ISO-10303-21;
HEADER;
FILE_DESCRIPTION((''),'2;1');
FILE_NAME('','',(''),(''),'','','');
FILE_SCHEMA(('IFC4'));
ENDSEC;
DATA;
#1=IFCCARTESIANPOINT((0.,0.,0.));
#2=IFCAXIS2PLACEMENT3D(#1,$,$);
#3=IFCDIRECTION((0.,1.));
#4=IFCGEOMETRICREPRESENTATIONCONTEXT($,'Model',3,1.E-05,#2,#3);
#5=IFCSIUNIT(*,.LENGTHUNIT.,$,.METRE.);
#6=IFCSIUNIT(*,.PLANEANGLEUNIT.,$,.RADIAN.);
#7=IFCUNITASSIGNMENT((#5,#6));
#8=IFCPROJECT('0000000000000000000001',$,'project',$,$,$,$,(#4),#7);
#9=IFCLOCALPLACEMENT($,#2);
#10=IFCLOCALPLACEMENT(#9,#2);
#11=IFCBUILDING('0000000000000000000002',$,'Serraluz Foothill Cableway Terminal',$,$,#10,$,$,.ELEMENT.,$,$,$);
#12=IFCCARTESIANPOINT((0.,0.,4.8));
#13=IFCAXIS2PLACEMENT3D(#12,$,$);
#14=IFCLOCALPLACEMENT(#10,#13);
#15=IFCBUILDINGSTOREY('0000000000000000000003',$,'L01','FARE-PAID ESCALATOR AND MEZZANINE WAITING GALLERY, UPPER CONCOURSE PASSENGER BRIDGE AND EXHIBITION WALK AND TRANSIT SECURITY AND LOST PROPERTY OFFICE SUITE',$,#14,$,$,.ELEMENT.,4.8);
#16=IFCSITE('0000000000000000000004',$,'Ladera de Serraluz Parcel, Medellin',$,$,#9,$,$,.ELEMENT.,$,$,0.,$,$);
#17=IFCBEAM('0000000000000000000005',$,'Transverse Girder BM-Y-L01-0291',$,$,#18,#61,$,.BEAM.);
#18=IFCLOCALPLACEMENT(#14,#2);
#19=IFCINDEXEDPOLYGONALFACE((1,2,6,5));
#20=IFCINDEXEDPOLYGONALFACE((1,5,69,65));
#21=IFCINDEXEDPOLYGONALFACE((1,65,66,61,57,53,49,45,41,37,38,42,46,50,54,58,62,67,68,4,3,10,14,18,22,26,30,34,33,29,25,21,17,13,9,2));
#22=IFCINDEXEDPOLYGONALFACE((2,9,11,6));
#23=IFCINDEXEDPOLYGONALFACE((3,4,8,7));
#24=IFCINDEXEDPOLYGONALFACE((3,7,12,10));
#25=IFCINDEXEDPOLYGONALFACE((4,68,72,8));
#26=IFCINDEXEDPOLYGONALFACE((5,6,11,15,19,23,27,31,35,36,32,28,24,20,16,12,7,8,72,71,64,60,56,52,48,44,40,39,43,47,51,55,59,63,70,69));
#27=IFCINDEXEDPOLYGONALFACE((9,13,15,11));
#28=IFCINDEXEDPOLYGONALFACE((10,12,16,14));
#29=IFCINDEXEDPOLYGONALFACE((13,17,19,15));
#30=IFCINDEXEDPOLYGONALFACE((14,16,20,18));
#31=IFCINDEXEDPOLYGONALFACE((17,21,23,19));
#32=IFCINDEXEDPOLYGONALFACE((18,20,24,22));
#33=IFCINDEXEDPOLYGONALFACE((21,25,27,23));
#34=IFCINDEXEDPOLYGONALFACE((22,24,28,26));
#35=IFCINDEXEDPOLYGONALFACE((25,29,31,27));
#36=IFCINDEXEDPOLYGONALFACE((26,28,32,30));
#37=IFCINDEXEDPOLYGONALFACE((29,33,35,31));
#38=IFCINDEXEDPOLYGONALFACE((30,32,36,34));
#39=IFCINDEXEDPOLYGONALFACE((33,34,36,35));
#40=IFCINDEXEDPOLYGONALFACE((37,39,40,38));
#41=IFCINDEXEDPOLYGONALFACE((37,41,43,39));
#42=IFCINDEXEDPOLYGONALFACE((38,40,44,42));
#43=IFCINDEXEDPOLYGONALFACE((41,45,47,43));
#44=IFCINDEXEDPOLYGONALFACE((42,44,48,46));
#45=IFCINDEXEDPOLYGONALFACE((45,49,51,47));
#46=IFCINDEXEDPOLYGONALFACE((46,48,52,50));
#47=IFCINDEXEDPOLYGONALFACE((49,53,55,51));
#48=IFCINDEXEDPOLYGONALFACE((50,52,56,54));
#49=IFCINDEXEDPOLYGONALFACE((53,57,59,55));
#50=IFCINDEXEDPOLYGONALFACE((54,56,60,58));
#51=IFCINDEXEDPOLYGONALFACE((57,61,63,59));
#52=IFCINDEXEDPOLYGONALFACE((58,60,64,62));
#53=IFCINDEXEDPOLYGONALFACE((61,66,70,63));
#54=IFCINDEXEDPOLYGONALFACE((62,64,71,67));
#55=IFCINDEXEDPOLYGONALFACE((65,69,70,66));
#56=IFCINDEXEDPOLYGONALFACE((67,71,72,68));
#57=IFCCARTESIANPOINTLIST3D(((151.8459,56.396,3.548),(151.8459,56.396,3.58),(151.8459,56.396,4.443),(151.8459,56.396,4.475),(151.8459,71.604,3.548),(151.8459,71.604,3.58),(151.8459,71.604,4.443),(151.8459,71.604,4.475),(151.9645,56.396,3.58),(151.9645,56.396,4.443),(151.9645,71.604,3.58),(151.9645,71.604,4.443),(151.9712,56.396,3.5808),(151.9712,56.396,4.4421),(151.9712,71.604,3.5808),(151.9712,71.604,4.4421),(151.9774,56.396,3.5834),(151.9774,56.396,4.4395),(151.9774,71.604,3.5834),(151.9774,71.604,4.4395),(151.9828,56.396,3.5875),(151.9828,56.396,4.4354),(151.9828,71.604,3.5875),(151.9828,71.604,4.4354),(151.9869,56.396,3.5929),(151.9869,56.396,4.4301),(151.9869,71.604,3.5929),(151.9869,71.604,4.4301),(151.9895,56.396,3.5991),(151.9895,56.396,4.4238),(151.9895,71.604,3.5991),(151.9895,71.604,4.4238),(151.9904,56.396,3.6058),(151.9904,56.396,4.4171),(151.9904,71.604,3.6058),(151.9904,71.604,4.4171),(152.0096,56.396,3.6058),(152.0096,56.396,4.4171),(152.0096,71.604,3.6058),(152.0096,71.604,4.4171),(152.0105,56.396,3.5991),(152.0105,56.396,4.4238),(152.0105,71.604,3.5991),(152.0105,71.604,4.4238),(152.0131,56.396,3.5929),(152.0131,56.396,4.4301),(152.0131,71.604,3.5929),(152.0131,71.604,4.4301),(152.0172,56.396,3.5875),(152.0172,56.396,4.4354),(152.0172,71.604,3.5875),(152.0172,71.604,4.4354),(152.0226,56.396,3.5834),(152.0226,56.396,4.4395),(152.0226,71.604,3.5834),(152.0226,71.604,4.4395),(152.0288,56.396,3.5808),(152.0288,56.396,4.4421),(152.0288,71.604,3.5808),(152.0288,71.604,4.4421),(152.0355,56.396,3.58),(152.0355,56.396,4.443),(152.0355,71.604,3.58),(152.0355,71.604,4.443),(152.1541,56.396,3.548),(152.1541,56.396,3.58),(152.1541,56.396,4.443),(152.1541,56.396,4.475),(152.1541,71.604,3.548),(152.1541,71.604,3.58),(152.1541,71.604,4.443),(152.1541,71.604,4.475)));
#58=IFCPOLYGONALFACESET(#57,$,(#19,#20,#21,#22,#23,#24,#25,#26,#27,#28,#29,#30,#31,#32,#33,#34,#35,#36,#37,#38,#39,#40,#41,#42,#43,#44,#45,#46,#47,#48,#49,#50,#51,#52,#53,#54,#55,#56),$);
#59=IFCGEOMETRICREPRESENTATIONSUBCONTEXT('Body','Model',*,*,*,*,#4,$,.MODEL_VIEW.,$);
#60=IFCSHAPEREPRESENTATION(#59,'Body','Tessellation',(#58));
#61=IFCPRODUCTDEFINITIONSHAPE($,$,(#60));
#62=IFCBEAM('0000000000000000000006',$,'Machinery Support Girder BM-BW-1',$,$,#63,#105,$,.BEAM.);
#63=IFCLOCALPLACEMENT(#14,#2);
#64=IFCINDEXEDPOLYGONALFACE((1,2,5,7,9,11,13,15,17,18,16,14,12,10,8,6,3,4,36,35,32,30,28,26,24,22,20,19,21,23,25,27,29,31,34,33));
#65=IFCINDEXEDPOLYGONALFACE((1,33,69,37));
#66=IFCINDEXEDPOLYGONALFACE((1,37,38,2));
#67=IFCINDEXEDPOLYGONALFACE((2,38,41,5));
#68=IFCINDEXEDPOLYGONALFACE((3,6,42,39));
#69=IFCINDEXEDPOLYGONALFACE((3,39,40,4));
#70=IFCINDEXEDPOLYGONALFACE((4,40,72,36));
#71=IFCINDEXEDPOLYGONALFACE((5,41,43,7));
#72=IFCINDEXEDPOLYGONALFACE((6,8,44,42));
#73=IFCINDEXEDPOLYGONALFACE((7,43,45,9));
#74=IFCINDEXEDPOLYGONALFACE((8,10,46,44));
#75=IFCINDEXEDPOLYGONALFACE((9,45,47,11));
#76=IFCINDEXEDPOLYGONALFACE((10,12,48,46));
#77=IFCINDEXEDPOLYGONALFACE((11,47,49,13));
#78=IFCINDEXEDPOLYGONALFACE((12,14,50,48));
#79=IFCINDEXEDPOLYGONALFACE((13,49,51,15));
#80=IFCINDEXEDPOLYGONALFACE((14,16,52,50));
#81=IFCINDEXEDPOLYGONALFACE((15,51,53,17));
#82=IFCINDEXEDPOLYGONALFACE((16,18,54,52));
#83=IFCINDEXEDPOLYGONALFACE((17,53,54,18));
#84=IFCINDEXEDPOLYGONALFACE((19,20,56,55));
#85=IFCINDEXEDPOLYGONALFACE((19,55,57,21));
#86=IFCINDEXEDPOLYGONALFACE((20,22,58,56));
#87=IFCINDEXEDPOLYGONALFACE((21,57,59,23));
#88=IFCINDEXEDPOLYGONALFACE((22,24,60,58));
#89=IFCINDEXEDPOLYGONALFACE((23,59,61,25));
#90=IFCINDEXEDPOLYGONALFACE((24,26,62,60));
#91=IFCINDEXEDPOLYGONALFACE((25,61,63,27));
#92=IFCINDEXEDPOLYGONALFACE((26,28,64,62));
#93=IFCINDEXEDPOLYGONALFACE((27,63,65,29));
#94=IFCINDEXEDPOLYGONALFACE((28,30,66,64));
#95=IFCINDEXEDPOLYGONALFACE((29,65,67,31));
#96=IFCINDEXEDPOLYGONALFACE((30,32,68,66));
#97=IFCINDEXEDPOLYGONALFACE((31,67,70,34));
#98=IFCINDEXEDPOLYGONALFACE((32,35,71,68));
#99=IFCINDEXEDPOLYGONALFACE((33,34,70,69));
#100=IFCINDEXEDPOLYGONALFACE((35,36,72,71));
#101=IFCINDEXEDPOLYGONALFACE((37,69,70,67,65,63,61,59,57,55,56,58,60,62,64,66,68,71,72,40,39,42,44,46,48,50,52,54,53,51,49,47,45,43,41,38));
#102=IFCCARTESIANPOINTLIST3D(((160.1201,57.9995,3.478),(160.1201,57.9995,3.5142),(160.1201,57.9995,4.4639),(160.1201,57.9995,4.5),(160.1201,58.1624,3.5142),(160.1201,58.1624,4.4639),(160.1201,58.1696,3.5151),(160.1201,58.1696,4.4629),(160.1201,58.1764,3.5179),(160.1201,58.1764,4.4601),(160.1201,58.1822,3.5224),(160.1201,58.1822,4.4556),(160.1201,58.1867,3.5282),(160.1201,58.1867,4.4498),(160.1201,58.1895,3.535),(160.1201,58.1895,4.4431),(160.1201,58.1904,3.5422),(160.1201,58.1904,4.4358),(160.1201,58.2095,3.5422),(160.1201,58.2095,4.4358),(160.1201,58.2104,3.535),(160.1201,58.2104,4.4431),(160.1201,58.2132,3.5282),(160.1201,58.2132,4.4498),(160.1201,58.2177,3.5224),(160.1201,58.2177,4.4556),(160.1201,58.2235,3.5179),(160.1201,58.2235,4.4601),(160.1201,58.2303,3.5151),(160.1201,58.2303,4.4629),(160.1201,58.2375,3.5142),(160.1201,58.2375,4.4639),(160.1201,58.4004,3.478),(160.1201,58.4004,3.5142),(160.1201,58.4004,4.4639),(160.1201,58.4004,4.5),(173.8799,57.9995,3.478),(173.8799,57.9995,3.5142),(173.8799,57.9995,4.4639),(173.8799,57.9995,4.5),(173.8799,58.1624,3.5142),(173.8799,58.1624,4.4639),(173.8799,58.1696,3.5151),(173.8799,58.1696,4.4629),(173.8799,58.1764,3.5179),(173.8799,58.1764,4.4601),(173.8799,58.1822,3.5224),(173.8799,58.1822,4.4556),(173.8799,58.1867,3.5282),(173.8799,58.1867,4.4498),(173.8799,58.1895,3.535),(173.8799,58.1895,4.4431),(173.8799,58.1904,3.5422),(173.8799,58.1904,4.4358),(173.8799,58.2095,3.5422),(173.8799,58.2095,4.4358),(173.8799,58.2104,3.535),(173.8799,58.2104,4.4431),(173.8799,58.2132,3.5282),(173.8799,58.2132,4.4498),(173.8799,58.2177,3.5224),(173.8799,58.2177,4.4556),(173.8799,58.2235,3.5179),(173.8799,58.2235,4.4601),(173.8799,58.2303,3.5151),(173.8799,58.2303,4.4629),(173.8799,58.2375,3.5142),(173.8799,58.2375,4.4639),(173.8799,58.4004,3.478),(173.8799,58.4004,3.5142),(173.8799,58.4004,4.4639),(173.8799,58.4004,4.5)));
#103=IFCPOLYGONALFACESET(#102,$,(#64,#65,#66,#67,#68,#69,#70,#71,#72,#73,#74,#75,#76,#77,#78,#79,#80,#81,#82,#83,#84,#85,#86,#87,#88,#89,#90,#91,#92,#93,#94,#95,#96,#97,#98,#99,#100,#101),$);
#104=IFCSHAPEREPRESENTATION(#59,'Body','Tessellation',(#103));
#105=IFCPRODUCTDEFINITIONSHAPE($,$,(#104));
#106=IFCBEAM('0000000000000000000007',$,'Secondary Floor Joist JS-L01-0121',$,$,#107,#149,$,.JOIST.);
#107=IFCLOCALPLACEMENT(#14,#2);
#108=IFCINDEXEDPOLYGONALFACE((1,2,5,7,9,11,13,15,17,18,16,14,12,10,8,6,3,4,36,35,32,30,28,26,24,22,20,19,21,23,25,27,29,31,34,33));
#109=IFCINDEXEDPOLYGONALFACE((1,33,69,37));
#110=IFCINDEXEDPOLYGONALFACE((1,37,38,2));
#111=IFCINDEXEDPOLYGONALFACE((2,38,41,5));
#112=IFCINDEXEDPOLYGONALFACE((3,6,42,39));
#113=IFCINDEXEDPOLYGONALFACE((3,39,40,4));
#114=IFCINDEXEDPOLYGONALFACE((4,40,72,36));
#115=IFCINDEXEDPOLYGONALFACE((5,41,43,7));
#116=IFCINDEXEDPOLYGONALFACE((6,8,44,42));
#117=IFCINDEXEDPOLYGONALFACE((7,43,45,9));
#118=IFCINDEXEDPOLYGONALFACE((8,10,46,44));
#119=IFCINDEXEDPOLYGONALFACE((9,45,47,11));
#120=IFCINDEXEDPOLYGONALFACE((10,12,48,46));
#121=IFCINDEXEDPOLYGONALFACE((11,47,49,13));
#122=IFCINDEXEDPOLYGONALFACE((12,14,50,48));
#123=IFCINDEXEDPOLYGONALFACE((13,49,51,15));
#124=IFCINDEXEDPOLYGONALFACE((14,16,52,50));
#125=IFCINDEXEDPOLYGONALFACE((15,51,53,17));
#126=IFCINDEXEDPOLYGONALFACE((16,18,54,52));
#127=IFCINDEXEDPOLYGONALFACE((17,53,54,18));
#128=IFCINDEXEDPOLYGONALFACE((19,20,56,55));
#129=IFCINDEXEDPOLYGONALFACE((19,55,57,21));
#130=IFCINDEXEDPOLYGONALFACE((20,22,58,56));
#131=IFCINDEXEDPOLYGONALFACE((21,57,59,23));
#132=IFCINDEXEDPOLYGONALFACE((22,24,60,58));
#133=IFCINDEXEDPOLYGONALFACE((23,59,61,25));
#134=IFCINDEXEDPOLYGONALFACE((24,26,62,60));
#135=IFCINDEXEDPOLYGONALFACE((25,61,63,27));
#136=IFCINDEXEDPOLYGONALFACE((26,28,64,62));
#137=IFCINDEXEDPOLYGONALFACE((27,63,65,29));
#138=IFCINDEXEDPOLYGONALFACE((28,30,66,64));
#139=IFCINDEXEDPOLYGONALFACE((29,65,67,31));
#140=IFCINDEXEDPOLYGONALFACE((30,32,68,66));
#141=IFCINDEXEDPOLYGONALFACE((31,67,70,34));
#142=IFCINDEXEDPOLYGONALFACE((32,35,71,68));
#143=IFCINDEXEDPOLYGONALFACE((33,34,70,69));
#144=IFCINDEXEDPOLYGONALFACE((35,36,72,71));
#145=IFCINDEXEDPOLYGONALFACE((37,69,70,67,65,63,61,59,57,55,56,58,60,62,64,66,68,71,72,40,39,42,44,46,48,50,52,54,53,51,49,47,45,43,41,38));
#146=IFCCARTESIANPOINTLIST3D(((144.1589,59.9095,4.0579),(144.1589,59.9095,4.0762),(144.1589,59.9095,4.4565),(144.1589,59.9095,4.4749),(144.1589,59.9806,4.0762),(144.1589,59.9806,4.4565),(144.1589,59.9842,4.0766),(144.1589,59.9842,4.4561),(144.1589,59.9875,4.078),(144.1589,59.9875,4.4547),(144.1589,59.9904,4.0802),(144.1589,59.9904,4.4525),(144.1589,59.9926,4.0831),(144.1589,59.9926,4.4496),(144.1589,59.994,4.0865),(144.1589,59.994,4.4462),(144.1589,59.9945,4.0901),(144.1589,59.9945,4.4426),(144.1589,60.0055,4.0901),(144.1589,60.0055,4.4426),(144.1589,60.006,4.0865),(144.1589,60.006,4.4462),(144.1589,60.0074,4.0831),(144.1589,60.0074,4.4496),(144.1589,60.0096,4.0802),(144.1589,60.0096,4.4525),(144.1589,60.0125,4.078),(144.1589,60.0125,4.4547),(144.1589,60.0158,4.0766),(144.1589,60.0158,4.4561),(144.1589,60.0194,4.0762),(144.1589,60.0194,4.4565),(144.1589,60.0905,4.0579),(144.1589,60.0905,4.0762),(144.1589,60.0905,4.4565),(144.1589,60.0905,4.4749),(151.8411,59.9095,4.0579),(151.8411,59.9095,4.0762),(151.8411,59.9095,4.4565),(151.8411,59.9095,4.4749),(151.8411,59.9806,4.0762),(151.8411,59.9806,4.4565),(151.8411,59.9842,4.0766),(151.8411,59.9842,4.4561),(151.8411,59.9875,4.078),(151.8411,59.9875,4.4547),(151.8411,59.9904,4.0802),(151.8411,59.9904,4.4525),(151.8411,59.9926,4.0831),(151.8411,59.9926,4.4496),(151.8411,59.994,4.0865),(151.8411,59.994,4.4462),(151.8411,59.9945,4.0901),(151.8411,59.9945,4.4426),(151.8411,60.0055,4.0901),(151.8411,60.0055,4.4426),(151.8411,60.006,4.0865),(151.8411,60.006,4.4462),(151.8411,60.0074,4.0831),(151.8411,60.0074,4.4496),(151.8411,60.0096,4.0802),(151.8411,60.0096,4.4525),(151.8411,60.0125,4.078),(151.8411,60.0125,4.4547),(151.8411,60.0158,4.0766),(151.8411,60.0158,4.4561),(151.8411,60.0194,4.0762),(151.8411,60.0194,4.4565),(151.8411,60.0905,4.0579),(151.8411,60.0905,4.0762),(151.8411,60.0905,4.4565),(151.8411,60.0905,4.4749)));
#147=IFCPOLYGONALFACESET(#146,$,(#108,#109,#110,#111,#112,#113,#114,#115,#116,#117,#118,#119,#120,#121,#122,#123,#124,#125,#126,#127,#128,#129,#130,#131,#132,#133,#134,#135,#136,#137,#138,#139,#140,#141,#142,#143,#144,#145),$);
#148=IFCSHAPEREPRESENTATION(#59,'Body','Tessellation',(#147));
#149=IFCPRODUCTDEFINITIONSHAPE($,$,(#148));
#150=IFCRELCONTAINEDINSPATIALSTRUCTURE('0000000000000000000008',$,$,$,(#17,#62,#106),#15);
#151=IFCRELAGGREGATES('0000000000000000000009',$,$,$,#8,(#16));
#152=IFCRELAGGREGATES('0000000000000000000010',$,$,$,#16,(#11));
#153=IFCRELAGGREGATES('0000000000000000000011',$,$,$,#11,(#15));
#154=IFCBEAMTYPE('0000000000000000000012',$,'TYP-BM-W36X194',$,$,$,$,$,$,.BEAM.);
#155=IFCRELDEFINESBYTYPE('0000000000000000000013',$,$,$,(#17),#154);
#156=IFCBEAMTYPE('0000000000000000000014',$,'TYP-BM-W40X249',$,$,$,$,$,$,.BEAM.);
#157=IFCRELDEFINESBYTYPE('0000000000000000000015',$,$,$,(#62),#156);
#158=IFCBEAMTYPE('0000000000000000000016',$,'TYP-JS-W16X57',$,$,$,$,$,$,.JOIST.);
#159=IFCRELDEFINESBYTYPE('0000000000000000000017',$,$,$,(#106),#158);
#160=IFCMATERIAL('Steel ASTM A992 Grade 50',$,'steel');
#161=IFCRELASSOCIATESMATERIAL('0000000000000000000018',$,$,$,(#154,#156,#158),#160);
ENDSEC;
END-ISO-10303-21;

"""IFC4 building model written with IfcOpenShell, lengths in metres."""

from ifc_helpers import new_model, si_unit, direction, frame, origin, origin_2d, place, context, subcontext, project, spatial, i_section, extrude, material, material_profile, profile_set, type_object, element, save


model = new_model("IFC4")

# Units and contexts
model_context = context("Model", 3, precision=1e-05, world=origin(), true_north=direction((0.0, 1.0)))
body_context = subcontext(model_context, "Body", "Model", "MODEL_VIEW")
ifc_project = project(units=[si_unit("LENGTHUNIT", "METRE"), si_unit("PLANEANGLEUNIT", "RADIAN")], contexts=[model_context])

# Site, building, storey
site_placement = place(None, origin())
site = spatial("IfcSite", under=ifc_project, at=site_placement, Name="Ladera de Serraluz Parcel, Medellin", CompositionType="ELEMENT", RefElevation=0.0)
building_placement = place(site_placement, origin())
building = spatial("IfcBuilding", under=site, at=building_placement, Name="Serraluz Foothill Cableway Terminal", CompositionType="ELEMENT")
storey_placement = place(building_placement, frame((0.0, 0.0, 4.8)))
storey = spatial("IfcBuildingStorey", under=building, at=storey_placement, Name="L01", Description="FARE-PAID ESCALATOR AND MEZZANINE WAITING GALLERY, UPPER CONCOURSE PASSENGER BRIDGE AND EXHIBITION WALK AND TRANSIT SECURITY AND LOST PROPERTY OFFICE SUITE", CompositionType="ELEMENT", Elevation=4.8)

# Beams
ifc_material_1 = material(Name="Steel ASTM A992 Grade 50", Category="steel")
ifc_material_profile_1 = material_profile(ifc_material_1, i_section(OverallWidth=0.3081, OverallDepth=0.927, WebThickness=0.0193, FlangeThickness=0.032, FilletRadius=0.0259, at=origin_2d()), Name="W36X194")
ifc_profile_set_1 = profile_set([ifc_material_profile_1], Name="Steel ASTM A992 Grade 50")
beam_type_1 = type_object("IfcBeamType", Name="TYP-BM-W36X194", PredefinedType="BEAM", material=ifc_profile_set_1)
beam_1_placement = place(storey_placement, frame((152.0, 56.396, 4.0115), z_axis=(0.0, 1.0, 0.0), x_axis=(-1.0, 0.0, 0.0)))
element("IfcBeam", 1, at=beam_1_placement, inside=storey, type_object=beam_type_1, Name="Transverse Girder BM-Y-L01-0291", PredefinedType="BEAM", context=body_context, shape_type="SweptSolid", body=[
    extrude(i_section(OverallWidth=0.3081, OverallDepth=0.927, WebThickness=0.0193, FlangeThickness=0.032, FilletRadius=0.0259, at=origin_2d()), origin(), (0.0, 0.0, 1.0), 15.208),
])
ifc_material_profile_2 = material_profile(ifc_material_1, i_section(OverallWidth=0.4009, OverallDepth=1.022, WebThickness=0.019, FlangeThickness=0.0361, FilletRadius=0.0281, at=origin_2d()), Name="W40X249")
ifc_profile_set_2 = profile_set([ifc_material_profile_2], Name="Steel ASTM A992 Grade 50")
beam_type_2 = type_object("IfcBeamType", Name="TYP-BM-W40X249", PredefinedType="BEAM", material=ifc_profile_set_2)
beam_2_placement = place(storey_placement, frame((160.1201, 58.2, 3.989), z_axis=(1.0, 0.0, 0.0), x_axis=(0.0, 1.0, 0.0)))
element("IfcBeam", 2, at=beam_2_placement, inside=storey, type_object=beam_type_2, Name="Machinery Support Girder BM-BW-1", PredefinedType="BEAM", context=body_context, shape_type="SweptSolid", body=[
    extrude(i_section(OverallWidth=0.4009, OverallDepth=1.022, WebThickness=0.019, FlangeThickness=0.0361, FilletRadius=0.0281, at=origin_2d()), origin(), (0.0, 0.0, 1.0), 13.7598),
])
ifc_material_profile_3 = material_profile(ifc_material_1, i_section(OverallWidth=0.1809, OverallDepth=0.417, WebThickness=0.011, FlangeThickness=0.0183, FilletRadius=0.0139, at=origin_2d()), Name="W16X57")
ifc_profile_set_3 = profile_set([ifc_material_profile_3], Name="Steel ASTM A992 Grade 50")
beam_type_3 = type_object("IfcBeamType", Name="TYP-JS-W16X57", PredefinedType="JOIST", material=ifc_profile_set_3)
beam_3_placement = place(storey_placement, frame((144.1589, 60.0, 4.2664), z_axis=(1.0, 0.0, 0.0), x_axis=(0.0, 1.0, 0.0)))
element("IfcBeam", 3, at=beam_3_placement, inside=storey, type_object=beam_type_3, Name="Secondary Floor Joist JS-L01-0121", PredefinedType="JOIST", context=body_context, shape_type="SweptSolid", body=[
    extrude(i_section(OverallWidth=0.1809, OverallDepth=0.417, WebThickness=0.011, FlangeThickness=0.0183, FilletRadius=0.0139, at=origin_2d()), origin(), (0.0, 0.0, 1.0), 7.6821),
])

save(model, "model.ifc")
